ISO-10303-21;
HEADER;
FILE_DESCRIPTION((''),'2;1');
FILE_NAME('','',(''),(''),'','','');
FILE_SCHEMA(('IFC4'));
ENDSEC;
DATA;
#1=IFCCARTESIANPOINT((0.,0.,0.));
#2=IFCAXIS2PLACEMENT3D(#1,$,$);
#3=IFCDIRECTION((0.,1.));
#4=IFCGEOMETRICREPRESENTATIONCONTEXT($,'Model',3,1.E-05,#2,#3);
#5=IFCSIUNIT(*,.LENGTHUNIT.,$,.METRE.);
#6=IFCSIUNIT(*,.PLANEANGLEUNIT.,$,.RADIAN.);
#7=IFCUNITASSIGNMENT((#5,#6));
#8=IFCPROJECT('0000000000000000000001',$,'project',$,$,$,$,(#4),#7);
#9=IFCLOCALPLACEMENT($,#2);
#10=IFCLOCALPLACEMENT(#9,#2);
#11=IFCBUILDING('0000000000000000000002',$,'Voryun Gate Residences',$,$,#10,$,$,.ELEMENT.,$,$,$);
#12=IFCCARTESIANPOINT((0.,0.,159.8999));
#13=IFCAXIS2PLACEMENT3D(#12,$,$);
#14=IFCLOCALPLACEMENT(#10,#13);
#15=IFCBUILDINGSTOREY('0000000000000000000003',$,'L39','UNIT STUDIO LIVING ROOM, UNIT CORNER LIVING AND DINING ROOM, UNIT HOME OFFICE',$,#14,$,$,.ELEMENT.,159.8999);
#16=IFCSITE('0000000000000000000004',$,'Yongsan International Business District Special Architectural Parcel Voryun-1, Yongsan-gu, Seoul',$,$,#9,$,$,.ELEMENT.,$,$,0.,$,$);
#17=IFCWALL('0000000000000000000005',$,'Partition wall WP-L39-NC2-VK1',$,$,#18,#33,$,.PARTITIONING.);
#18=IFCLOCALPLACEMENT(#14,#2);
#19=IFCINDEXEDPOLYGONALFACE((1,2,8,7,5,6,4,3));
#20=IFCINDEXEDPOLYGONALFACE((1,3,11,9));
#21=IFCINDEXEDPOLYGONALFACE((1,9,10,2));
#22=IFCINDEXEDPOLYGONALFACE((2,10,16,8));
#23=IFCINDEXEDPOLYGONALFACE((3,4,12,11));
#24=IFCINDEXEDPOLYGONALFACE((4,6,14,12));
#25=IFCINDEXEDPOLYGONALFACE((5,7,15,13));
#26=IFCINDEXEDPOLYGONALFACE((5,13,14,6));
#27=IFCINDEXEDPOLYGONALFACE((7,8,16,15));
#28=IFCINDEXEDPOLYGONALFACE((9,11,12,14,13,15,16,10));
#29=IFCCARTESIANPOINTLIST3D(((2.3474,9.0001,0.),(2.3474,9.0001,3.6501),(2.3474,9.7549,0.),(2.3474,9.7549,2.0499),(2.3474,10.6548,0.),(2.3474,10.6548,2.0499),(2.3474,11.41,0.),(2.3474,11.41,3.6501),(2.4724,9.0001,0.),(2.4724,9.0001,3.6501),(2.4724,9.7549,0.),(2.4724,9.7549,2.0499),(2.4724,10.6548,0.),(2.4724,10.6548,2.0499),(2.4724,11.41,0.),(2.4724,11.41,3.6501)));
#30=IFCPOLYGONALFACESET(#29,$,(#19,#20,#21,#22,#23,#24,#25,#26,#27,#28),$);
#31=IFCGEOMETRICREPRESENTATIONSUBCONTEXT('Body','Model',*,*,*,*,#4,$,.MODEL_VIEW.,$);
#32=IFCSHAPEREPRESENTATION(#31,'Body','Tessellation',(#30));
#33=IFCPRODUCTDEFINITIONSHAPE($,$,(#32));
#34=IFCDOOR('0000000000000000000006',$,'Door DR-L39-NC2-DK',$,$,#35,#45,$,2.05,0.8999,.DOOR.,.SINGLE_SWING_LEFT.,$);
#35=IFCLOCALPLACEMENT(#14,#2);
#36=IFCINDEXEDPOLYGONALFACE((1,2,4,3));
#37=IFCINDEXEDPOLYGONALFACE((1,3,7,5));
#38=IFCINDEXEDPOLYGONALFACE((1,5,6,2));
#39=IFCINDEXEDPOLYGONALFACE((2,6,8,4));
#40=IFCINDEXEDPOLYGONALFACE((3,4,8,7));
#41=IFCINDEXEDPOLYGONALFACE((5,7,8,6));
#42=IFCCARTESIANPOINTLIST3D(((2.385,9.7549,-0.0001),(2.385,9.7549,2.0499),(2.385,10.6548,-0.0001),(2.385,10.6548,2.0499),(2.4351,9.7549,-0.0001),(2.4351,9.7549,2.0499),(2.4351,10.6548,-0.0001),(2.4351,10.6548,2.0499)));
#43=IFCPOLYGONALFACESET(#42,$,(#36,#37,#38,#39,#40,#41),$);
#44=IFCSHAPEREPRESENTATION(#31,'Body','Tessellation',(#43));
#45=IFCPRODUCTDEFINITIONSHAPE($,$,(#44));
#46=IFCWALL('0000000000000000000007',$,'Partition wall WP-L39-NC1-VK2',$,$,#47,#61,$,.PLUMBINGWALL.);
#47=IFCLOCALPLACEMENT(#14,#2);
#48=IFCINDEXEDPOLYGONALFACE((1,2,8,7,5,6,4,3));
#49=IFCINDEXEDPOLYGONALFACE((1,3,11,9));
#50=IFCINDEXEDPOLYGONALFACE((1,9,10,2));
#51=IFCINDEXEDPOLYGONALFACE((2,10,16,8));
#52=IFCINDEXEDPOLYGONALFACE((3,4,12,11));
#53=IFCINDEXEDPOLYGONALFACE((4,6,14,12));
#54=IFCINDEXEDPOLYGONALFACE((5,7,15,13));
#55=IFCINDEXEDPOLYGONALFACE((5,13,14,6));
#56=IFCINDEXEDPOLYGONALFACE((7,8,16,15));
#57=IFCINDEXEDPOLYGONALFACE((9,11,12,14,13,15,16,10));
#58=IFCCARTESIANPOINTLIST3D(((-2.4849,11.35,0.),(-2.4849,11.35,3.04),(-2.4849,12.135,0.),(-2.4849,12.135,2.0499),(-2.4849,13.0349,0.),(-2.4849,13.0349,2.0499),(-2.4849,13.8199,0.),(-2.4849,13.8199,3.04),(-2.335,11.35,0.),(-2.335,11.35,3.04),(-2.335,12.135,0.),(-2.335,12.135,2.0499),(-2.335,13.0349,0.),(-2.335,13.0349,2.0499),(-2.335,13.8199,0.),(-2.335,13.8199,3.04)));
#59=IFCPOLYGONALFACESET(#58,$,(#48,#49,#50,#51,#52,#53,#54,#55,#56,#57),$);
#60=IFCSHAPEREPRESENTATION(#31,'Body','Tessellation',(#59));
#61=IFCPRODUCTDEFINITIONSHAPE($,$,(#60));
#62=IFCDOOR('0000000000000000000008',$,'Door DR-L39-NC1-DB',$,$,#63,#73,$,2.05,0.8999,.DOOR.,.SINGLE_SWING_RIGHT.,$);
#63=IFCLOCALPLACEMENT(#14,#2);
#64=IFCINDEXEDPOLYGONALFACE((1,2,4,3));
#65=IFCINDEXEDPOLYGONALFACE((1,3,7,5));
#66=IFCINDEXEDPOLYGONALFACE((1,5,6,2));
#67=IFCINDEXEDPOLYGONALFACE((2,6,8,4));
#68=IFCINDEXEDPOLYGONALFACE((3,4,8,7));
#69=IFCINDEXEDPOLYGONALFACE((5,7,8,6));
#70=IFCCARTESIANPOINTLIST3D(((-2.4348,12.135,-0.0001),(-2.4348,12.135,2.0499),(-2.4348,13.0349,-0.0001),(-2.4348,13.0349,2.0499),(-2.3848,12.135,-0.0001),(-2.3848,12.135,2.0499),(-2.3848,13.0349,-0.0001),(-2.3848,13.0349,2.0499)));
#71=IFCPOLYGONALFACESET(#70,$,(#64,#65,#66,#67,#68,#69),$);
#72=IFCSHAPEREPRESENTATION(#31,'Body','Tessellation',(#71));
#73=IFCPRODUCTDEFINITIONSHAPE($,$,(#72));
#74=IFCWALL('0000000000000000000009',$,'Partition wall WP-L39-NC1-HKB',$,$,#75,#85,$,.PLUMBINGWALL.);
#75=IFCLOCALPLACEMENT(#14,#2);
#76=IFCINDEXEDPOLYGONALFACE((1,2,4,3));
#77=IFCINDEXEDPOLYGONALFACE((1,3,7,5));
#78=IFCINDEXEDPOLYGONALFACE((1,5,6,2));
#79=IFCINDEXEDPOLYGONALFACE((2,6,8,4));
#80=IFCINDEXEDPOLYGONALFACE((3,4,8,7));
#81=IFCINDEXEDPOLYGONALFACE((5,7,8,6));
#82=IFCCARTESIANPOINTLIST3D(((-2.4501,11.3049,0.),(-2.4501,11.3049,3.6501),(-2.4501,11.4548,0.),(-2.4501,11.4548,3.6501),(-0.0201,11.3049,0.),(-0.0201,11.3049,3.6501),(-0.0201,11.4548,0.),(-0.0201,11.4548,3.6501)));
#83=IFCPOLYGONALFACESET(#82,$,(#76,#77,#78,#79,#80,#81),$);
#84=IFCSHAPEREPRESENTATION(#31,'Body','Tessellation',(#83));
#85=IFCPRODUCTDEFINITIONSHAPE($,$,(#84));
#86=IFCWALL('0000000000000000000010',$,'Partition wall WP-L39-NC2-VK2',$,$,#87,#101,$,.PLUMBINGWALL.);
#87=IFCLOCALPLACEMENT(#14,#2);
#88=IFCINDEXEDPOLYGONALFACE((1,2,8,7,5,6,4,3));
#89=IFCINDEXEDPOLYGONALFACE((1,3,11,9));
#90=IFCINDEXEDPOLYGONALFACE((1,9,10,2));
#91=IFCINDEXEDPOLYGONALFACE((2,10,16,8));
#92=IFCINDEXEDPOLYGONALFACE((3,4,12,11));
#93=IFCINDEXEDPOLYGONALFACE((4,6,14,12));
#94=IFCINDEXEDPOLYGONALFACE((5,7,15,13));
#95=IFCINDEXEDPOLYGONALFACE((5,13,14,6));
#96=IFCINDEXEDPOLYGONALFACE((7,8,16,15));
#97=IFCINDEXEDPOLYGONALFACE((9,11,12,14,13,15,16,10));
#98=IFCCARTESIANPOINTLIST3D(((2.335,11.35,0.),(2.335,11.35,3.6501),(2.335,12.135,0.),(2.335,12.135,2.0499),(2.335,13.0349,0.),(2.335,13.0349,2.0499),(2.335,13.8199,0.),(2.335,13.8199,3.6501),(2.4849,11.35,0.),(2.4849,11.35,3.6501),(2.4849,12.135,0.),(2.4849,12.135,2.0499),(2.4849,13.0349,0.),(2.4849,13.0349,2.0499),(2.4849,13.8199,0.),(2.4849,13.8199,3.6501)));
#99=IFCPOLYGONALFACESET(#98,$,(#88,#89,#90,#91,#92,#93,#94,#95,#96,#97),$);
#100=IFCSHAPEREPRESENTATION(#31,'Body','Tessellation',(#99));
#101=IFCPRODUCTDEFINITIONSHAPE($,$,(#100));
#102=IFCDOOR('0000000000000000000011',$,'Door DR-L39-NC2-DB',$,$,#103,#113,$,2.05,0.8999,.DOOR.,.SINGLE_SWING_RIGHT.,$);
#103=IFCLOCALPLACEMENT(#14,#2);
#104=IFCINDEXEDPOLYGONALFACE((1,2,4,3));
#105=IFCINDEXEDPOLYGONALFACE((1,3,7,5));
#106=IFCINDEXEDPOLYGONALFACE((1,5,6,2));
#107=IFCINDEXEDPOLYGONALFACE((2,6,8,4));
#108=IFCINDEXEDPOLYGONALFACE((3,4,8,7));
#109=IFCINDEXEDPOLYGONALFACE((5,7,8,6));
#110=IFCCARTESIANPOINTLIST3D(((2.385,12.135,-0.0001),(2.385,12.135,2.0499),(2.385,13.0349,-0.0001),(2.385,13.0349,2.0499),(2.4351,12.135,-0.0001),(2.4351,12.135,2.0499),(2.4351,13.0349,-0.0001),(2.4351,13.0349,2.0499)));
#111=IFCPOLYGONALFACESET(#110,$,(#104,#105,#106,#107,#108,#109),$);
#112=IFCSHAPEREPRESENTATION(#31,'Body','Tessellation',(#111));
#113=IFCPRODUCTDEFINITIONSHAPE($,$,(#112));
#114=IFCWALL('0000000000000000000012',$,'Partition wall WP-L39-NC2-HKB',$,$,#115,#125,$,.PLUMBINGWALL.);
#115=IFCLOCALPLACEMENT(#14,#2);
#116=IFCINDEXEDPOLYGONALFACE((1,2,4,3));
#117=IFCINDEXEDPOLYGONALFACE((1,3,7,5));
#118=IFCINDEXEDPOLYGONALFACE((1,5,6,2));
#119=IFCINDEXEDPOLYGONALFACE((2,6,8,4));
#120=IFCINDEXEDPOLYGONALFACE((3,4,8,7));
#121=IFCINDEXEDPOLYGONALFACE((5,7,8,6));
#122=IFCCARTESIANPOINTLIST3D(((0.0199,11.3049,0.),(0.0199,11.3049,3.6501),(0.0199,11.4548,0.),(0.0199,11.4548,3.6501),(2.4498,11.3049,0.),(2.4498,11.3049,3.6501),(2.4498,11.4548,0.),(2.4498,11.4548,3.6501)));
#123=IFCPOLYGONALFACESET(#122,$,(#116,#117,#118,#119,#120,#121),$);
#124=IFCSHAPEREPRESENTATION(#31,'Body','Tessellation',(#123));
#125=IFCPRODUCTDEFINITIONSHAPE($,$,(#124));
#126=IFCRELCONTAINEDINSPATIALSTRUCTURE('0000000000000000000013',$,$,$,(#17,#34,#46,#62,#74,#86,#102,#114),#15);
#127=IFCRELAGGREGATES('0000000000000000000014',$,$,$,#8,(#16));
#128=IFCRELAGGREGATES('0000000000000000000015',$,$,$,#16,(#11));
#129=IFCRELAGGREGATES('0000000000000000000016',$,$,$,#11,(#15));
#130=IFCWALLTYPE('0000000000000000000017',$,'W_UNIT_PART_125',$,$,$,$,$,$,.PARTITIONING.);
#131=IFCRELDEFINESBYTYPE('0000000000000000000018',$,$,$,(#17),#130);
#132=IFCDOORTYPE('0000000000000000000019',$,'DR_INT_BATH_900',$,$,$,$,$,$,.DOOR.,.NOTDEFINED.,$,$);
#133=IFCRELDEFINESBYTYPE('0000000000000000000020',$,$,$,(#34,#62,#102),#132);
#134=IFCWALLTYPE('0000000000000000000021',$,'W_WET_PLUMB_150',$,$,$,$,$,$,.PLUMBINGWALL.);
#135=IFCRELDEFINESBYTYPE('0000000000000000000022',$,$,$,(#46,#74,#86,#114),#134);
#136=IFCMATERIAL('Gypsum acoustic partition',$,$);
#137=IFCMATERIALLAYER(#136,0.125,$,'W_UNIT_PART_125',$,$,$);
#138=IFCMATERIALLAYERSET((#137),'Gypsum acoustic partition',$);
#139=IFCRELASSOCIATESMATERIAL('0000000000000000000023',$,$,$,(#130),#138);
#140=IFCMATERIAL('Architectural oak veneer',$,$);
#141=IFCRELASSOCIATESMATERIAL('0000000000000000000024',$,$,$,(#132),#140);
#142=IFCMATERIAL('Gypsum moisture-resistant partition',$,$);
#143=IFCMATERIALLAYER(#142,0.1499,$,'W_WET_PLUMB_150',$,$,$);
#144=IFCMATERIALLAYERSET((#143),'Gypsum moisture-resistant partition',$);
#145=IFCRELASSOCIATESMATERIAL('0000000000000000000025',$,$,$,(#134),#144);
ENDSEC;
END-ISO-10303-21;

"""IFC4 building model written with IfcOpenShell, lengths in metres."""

from ifc_helpers import new_model, si_unit, direction, frame, frame_2d, origin, place, context, subcontext, project, spatial, rectangle, extrude, material, layer, layer_set, type_object, element, fill, save


model = new_model("IFC4")

# Units and contexts
model_context = context("Model", 3, precision=1e-05, world=origin(), true_north=direction((0.0, 1.0)))
body_context = subcontext(model_context, "Body", "Model", "MODEL_VIEW")
ifc_project = project(units=[si_unit("LENGTHUNIT", "METRE"), si_unit("PLANEANGLEUNIT", "RADIAN")], contexts=[model_context])

# Site, building, storey
site_placement = place(None, origin())
site = spatial("IfcSite", under=ifc_project, at=site_placement, Name="Yongsan International Business District Special Architectural Parcel Voryun-1, Yongsan-gu, Seoul", CompositionType="ELEMENT", RefElevation=0.0)
building_placement = place(site_placement, origin())
building = spatial("IfcBuilding", under=site, at=building_placement, Name="Voryun Gate Residences", CompositionType="ELEMENT")
storey_placement = place(building_placement, frame((0.0, 0.0, 159.8999)))
storey = spatial("IfcBuildingStorey", under=building, at=storey_placement, Name="L39", Description="UNIT STUDIO LIVING ROOM, UNIT CORNER LIVING AND DINING ROOM, UNIT HOME OFFICE", CompositionType="ELEMENT", Elevation=159.8999)

# Shared definitions
ifc_material_1 = material(Name="Gypsum acoustic partition")
ifc_layer_1 = layer(ifc_material_1, 0.125, Name="W_UNIT_PART_125")
ifc_layer_set_1 = layer_set([ifc_layer_1], Name="Gypsum acoustic partition")
wall_type_1 = type_object("IfcWallType", Name="W_UNIT_PART_125", PredefinedType="PARTITIONING", material=ifc_layer_set_1)
ifc_material_2 = material(Name="Architectural oak veneer")
door_type = type_object("IfcDoorType", Name="DR_INT_BATH_900", OperationType="NOTDEFINED", PredefinedType="DOOR", material=ifc_material_2)

# Walls, openings, doors
wall_1_placement = place(storey_placement, frame((2.4099, 9.0, 0.0), z_axis=(0.0, 0.0, 1.0), x_axis=(0.0, 1.0, 0.0)))
wall_1 = element("IfcWall", 1, at=wall_1_placement, inside=storey, type_object=wall_type_1, Name="Partition wall WP-L39-NC2-VK1", PredefinedType="PARTITIONING", context=body_context, shape_type="SweptSolid", body=[
    extrude(rectangle(XDim=2.4099, YDim=0.125, at=frame_2d((1.2051, 0.0))), origin(), (0.0, 0.0, 1.0), 3.6501),
])
opening_1_placement = place(wall_1_placement, frame((0.7549, 0.0, 0.0)))
opening_1 = element("IfcOpeningElement", 2, at=opening_1_placement, cuts=wall_1, PredefinedType="OPENING", context=body_context, shape_type="SweptSolid", body=[
    extrude(rectangle(XDim=0.8999, YDim=2.05, at=frame_2d((0.45, 1.0249))), frame((0.0, 0.0725, 0.0), z_axis=(0.0, -1.0, 0.0), x_axis=(1.0, 0.0, 0.0)), (0.0, 0.0, 1.0), 0.145),
])
door_1_placement = place(opening_1_placement, origin())
door_1 = element("IfcDoor", 3, at=door_1_placement, inside=storey, type_object=door_type, Name="Door DR-L39-NC2-DK", OperationType="SINGLE_SWING_LEFT", OverallHeight=2.05, OverallWidth=0.8999, PredefinedType="DOOR", context=body_context, shape_type="SweptSolid", body=[
    extrude(rectangle(XDim=0.8999, YDim=2.05, at=frame_2d((0.45, 1.0249))), frame((0.0, 0.0249, 0.0), z_axis=(0.0, -1.0, 0.0), x_axis=(1.0, 0.0, 0.0)), (0.0, 0.0, 1.0), 0.05),
])
fill(opening_1, door_1)
ifc_material_3 = material(Name="Gypsum moisture-resistant partition")
ifc_layer_2 = layer(ifc_material_3, 0.1499, Name="W_WET_PLUMB_150")
ifc_layer_set_2 = layer_set([ifc_layer_2], Name="Gypsum moisture-resistant partition")
wall_type_2 = type_object("IfcWallType", Name="W_WET_PLUMB_150", PredefinedType="PLUMBINGWALL", material=ifc_layer_set_2)
wall_2_placement = place(storey_placement, frame((-2.4099, 11.3501, 0.0), z_axis=(0.0, 0.0, 1.0), x_axis=(0.0, 1.0, 0.0)))
wall_2 = element("IfcWall", 4, at=wall_2_placement, inside=storey, type_object=wall_type_2, Name="Partition wall WP-L39-NC1-VK2", PredefinedType="PLUMBINGWALL", context=body_context, shape_type="SweptSolid", body=[
    extrude(rectangle(XDim=2.47, YDim=0.1499, at=frame_2d((1.2349, 0.0))), origin(), (0.0, 0.0, 1.0), 3.04),
])
opening_2_placement = place(wall_2_placement, frame((0.7849, 0.0, 0.0)))
opening_2 = element("IfcOpeningElement", 5, at=opening_2_placement, cuts=wall_2, PredefinedType="OPENING", context=body_context, shape_type="SweptSolid", body=[
    extrude(rectangle(XDim=0.8999, YDim=2.05, at=frame_2d((0.45, 1.0249))), frame((0.0, 0.085, 0.0), z_axis=(0.0, -1.0, 0.0), x_axis=(1.0, 0.0, 0.0)), (0.0, 0.0, 1.0), 0.1699),
])
door_2_placement = place(opening_2_placement, origin())
door_2 = element("IfcDoor", 6, at=door_2_placement, inside=storey, type_object=door_type, Name="Door DR-L39-NC1-DB", OperationType="SINGLE_SWING_RIGHT", OverallHeight=2.05, OverallWidth=0.8999, PredefinedType="DOOR", context=body_context, shape_type="SweptSolid", body=[
    extrude(rectangle(XDim=0.8999, YDim=2.05, at=frame_2d((0.45, 1.0249))), frame((0.0, 0.0249, 0.0), z_axis=(0.0, -1.0, 0.0), x_axis=(1.0, 0.0, 0.0)), (0.0, 0.0, 1.0), 0.05),
])
fill(opening_2, door_2)

# Wall
wall_3_placement = place(storey_placement, frame((-2.45, 11.3799, 0.0), z_axis=(0.0, 0.0, 1.0), x_axis=(1.0, 0.0, 0.0)))
element("IfcWall", 7, at=wall_3_placement, inside=storey, type_object=wall_type_2, Name="Partition wall WP-L39-NC1-HKB", PredefinedType="PLUMBINGWALL", context=body_context, shape_type="SweptSolid", body=[
    extrude(rectangle(XDim=2.4299, YDim=0.1499, at=frame_2d((1.2148, 0.0))), origin(), (0.0, 0.0, 1.0), 3.6501),
])

# Wall, opening, door
wall_4_placement = place(storey_placement, frame((2.4099, 11.3501, 0.0), z_axis=(0.0, 0.0, 1.0), x_axis=(0.0, 1.0, 0.0)))
wall_4 = element("IfcWall", 8, at=wall_4_placement, inside=storey, type_object=wall_type_2, Name="Partition wall WP-L39-NC2-VK2", PredefinedType="PLUMBINGWALL", context=body_context, shape_type="SweptSolid", body=[
    extrude(rectangle(XDim=2.47, YDim=0.1499, at=frame_2d((1.2349, 0.0))), origin(), (0.0, 0.0, 1.0), 3.6501),
])
opening_3_placement = place(wall_4_placement, frame((0.7849, 0.0, 0.0)))
opening_3 = element("IfcOpeningElement", 9, at=opening_3_placement, cuts=wall_4, PredefinedType="OPENING", context=body_context, shape_type="SweptSolid", body=[
    extrude(rectangle(XDim=0.8999, YDim=2.05, at=frame_2d((0.45, 1.0249))), frame((0.0, 0.085, 0.0), z_axis=(0.0, -1.0, 0.0), x_axis=(1.0, 0.0, 0.0)), (0.0, 0.0, 1.0), 0.1699),
])
door_3_placement = place(opening_3_placement, origin())
door_3 = element("IfcDoor", 10, at=door_3_placement, inside=storey, type_object=door_type, Name="Door DR-L39-NC2-DB", OperationType="SINGLE_SWING_RIGHT", OverallHeight=2.05, OverallWidth=0.8999, PredefinedType="DOOR", context=body_context, shape_type="SweptSolid", body=[
    extrude(rectangle(XDim=0.8999, YDim=2.05, at=frame_2d((0.45, 1.0249))), frame((0.0, 0.0249, 0.0), z_axis=(0.0, -1.0, 0.0), x_axis=(1.0, 0.0, 0.0)), (0.0, 0.0, 1.0), 0.05),
])
fill(opening_3, door_3)

# Wall
wall_5_placement = place(storey_placement, frame((0.02, 11.3799, 0.0), z_axis=(0.0, 0.0, 1.0), x_axis=(1.0, 0.0, 0.0)))
element("IfcWall", 11, at=wall_5_placement, inside=storey, type_object=wall_type_2, Name="Partition wall WP-L39-NC2-HKB", PredefinedType="PLUMBINGWALL", context=body_context, shape_type="SweptSolid", body=[
    extrude(rectangle(XDim=2.4299, YDim=0.1499, at=frame_2d((1.2148, 0.0))), origin(), (0.0, 0.0, 1.0), 3.6501),
])

save(model, "model.ifc")
